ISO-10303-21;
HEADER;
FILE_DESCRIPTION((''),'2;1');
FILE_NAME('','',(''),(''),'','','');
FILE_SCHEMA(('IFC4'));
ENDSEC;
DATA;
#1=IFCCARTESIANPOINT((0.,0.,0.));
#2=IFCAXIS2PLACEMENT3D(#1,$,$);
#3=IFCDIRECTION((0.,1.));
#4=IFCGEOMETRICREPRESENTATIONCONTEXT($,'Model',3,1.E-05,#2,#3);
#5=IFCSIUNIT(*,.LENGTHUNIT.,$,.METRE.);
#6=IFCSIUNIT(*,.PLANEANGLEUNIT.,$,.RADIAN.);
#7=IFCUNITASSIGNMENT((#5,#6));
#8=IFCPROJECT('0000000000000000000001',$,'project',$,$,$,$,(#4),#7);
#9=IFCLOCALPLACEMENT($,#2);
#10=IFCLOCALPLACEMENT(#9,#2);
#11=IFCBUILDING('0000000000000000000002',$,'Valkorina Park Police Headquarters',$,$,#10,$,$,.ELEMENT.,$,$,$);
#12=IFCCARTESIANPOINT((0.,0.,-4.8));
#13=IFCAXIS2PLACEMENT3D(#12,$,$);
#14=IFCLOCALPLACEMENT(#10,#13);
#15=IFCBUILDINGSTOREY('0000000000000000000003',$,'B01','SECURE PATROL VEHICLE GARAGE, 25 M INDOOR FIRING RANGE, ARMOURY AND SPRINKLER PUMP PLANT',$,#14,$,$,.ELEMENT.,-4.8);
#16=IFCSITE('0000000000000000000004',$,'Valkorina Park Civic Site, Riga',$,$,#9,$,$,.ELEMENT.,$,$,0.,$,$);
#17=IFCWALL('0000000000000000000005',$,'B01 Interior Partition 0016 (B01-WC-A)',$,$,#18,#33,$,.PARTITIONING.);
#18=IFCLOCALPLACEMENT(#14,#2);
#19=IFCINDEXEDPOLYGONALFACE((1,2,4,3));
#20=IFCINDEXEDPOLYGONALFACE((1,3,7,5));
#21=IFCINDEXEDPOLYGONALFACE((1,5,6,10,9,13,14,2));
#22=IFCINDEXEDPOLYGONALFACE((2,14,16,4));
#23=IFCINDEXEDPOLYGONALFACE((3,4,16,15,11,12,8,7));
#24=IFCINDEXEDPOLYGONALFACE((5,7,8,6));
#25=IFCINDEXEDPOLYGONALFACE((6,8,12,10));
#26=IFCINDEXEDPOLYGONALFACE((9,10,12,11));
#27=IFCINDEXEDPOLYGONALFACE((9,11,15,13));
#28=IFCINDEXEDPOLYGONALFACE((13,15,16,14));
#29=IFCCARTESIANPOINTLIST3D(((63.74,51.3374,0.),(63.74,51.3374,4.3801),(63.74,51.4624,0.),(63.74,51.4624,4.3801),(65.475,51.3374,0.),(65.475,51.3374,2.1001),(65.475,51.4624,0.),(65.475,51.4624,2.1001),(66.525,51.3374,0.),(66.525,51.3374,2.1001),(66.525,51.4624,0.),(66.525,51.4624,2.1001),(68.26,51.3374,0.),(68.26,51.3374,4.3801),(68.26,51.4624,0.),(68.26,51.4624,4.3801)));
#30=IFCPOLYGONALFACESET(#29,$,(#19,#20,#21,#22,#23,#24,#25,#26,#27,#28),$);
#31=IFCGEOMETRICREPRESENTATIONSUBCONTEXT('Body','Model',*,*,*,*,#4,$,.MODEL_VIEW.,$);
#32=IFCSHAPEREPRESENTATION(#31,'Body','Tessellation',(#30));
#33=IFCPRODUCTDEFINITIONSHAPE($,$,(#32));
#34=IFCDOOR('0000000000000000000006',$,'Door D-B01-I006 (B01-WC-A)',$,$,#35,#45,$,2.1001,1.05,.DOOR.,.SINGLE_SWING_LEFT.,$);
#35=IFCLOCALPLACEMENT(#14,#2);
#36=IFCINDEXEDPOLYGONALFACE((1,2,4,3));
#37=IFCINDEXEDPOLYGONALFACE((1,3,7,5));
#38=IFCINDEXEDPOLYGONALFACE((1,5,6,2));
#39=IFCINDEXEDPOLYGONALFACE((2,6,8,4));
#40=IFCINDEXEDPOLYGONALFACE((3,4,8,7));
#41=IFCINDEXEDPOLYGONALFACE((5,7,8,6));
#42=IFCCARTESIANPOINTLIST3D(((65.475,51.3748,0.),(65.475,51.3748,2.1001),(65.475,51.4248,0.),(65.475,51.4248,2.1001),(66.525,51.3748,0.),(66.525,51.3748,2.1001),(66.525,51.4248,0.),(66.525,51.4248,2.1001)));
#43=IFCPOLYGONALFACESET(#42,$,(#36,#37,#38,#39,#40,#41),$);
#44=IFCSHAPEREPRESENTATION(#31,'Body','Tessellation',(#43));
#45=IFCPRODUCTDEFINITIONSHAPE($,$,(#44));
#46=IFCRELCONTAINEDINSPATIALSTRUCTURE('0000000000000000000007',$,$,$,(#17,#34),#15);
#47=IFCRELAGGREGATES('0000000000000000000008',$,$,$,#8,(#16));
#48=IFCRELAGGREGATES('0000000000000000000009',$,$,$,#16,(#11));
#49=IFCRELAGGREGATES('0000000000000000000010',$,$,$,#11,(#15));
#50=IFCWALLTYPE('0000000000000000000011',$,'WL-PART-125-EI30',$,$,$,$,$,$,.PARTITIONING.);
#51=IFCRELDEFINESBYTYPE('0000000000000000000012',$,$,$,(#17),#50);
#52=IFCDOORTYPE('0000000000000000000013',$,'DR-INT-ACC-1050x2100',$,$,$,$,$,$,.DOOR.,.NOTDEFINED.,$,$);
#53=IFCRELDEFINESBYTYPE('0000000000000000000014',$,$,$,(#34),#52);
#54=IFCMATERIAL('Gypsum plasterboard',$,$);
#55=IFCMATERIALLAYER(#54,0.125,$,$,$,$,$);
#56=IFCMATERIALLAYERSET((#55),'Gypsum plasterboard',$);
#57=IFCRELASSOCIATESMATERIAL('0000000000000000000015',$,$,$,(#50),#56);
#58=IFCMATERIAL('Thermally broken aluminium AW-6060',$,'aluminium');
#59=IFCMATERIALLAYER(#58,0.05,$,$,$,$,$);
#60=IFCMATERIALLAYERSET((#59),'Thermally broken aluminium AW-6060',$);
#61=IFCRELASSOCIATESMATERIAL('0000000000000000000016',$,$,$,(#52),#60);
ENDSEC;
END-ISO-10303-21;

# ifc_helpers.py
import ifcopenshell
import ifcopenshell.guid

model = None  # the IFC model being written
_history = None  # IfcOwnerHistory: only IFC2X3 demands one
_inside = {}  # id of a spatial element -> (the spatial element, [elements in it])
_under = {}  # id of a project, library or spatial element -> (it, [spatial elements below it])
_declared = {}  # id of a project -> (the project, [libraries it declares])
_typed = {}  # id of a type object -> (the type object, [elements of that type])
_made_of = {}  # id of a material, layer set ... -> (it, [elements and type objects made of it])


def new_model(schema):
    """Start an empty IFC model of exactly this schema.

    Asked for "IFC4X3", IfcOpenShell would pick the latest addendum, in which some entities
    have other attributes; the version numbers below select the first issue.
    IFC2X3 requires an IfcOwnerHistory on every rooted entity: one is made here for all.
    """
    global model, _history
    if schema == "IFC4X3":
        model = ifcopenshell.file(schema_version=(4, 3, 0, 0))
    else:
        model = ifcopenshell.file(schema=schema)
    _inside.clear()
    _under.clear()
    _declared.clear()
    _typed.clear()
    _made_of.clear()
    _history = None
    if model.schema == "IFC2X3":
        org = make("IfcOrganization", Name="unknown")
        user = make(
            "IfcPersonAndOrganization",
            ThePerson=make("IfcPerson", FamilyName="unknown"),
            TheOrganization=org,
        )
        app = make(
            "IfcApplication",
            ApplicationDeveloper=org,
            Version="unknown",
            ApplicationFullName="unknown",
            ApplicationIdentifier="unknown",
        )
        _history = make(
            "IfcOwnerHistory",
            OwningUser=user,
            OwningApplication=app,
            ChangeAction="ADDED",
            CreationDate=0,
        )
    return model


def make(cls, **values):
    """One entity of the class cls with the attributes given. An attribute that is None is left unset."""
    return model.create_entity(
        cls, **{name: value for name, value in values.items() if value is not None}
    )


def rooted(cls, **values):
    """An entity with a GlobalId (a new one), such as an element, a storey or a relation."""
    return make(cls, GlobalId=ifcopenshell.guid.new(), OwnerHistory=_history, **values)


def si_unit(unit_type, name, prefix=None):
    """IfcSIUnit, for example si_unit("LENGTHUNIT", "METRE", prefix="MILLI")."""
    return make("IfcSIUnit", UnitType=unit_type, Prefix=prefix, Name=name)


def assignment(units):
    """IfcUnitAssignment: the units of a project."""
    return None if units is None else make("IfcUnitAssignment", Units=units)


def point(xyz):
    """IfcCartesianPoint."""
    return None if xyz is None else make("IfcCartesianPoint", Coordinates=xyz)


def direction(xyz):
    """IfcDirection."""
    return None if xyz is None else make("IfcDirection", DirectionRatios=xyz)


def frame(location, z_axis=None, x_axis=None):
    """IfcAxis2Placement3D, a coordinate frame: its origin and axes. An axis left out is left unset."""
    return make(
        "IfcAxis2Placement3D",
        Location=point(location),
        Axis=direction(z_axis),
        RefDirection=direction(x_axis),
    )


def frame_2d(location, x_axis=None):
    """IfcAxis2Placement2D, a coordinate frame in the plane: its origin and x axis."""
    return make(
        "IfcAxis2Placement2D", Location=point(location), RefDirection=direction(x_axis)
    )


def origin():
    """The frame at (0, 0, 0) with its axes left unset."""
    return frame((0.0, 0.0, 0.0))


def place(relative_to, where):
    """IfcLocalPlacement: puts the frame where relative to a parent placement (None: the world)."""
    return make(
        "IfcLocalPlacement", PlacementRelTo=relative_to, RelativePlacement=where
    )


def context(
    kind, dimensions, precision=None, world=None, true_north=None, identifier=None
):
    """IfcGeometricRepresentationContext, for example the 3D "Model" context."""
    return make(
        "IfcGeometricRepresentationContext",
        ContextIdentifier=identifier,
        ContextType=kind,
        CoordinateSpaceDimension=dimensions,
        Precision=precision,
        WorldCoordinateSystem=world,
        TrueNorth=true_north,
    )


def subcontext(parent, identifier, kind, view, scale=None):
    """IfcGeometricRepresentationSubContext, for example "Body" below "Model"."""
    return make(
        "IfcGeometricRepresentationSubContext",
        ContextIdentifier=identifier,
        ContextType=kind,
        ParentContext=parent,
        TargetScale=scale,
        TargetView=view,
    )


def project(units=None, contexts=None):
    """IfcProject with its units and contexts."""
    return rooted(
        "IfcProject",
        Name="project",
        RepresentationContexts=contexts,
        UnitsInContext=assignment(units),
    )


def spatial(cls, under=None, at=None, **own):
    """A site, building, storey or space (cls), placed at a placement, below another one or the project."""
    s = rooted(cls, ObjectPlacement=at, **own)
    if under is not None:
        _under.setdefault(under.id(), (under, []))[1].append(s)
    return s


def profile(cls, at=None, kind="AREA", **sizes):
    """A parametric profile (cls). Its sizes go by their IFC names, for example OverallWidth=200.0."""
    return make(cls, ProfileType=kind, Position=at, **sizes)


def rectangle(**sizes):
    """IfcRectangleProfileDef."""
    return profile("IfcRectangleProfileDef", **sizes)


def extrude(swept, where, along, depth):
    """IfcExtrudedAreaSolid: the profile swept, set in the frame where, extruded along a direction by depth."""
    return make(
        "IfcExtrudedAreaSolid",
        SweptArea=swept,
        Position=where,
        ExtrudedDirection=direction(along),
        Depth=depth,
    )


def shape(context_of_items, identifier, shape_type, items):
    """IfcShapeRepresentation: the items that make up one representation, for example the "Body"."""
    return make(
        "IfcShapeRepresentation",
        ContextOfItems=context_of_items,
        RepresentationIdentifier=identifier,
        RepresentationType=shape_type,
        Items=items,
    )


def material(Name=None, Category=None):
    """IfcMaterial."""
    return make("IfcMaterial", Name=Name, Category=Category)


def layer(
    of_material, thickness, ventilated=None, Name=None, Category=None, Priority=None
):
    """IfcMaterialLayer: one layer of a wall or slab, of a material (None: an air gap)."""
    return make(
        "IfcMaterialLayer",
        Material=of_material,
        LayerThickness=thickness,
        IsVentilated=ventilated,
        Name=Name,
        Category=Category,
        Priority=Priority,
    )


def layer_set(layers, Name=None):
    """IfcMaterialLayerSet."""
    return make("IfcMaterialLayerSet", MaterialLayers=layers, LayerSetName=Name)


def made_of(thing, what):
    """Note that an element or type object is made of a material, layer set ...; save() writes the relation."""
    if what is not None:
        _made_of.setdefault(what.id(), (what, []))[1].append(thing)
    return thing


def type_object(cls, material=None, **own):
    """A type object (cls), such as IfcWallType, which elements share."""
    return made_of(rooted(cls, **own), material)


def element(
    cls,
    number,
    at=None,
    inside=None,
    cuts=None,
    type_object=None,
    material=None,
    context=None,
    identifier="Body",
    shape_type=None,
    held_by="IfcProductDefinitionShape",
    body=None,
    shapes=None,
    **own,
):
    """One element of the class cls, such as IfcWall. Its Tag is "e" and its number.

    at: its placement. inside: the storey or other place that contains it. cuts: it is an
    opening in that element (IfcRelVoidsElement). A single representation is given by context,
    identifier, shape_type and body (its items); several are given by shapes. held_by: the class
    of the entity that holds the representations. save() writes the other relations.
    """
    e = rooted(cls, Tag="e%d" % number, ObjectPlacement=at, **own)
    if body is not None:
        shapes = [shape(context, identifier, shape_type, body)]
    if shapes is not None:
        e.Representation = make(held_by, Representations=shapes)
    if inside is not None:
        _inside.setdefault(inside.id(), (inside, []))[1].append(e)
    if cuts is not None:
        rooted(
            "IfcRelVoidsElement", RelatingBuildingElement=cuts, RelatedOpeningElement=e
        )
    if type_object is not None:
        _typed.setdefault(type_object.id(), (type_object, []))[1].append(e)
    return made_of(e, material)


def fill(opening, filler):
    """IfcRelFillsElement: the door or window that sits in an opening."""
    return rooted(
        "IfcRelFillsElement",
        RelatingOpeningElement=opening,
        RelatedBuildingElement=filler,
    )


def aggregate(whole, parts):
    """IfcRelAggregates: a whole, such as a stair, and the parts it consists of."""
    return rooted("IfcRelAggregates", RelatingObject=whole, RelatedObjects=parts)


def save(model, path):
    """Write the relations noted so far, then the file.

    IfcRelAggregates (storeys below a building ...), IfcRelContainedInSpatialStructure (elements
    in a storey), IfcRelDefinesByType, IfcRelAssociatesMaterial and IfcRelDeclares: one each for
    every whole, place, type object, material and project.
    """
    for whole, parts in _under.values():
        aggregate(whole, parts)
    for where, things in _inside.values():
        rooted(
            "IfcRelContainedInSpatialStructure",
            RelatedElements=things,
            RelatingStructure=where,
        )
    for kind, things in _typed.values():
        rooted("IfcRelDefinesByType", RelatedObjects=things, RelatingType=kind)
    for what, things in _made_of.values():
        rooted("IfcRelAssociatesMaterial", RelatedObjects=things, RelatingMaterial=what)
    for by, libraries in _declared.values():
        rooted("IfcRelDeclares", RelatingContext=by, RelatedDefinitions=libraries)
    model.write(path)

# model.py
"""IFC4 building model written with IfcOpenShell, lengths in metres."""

from ifc_helpers import new_model, si_unit, direction, frame, frame_2d, origin, place, context, subcontext, project, spatial, rectangle, extrude, material, layer, layer_set, type_object, element, fill, save


model = new_model("IFC4")

# Units and contexts
model_context = context("Model", 3, precision=1e-05, world=origin(), true_north=direction((0.0, 1.0)))
body_context = subcontext(model_context, "Body", "Model", "MODEL_VIEW")
ifc_project = project(units=[si_unit("LENGTHUNIT", "METRE"), si_unit("PLANEANGLEUNIT", "RADIAN")], contexts=[model_context])

# Site, building, storey
site_placement = place(None, origin())
site = spatial("IfcSite", under=ifc_project, at=site_placement, Name="Valkorina Park Civic Site, Riga", CompositionType="ELEMENT", RefElevation=0.0)
building_placement = place(site_placement, origin())
building = spatial("IfcBuilding", under=site, at=building_placement, Name="Valkorina Park Police Headquarters", CompositionType="ELEMENT")
storey_placement = place(building_placement, frame((0.0, 0.0, -4.8)))
storey = spatial("IfcBuildingStorey", under=building, at=storey_placement, Name="B01", Description="SECURE PATROL VEHICLE GARAGE, 25 M INDOOR FIRING RANGE, ARMOURY AND SPRINKLER PUMP PLANT", CompositionType="ELEMENT", Elevation=-4.8)

# Shared definitions
ifc_material_1 = material(Name="Gypsum plasterboard")
ifc_layer_1 = layer(ifc_material_1, 0.125)
ifc_layer_set_1 = layer_set([ifc_layer_1], Name="Gypsum plasterboard")
wall_type_1 = type_object("IfcWallType", Name="WL-PART-125-EI30", PredefinedType="PARTITIONING", material=ifc_layer_set_1)

# Shared definitions
ifc_material_2 = material(Name="Thermally broken aluminium AW-6060", Category="aluminium")

# Wall, opening, door
wall_1_placement = place(storey_placement, frame((63.74, 51.3999, 0.0), z_axis=(0.0, 0.0, 1.0), x_axis=(1.0, 0.0, 0.0)))
wall_1 = element("IfcWall", 1, at=wall_1_placement, inside=storey, type_object=wall_type_1, Name="B01 Interior Partition 0016 (B01-WC-A)", PredefinedType="PARTITIONING", context=body_context, shape_type="SweptSolid", body=[
    extrude(rectangle(XDim=4.52, YDim=0.125, at=frame_2d((2.26, 0.0))), origin(), (0.0, 0.0, 1.0), 4.3801),
])
opening_1_placement = place(wall_1_placement, frame((1.7351, 0.0, 0.0)))
opening_1 = element("IfcOpeningElement", 2, at=opening_1_placement, cuts=wall_1, PredefinedType="OPENING", context=body_context, shape_type="SweptSolid", body=[
    extrude(rectangle(XDim=1.05, YDim=2.1001, at=frame_2d((0.5249, 1.05))), frame((0.0, 0.0725, 0.0), z_axis=(0.0, -1.0, 0.0), x_axis=(1.0, 0.0, 0.0)), (0.0, 0.0, 1.0), 0.145),
])
ifc_layer_2 = layer(ifc_material_2, 0.05)
ifc_layer_set_2 = layer_set([ifc_layer_2], Name="Thermally broken aluminium AW-6060")
door_type_1 = type_object("IfcDoorType", Name="DR-INT-ACC-1050x2100", OperationType="NOTDEFINED", PredefinedType="DOOR", material=ifc_layer_set_2)
door_1_placement = place(opening_1_placement, origin())
door_1 = element("IfcDoor", 3, at=door_1_placement, inside=storey, type_object=door_type_1, Name="Door D-B01-I006 (B01-WC-A)", OperationType="SINGLE_SWING_LEFT", OverallHeight=2.1001, OverallWidth=1.05, PredefinedType="DOOR", context=body_context, shape_type="SweptSolid", body=[
    extrude(rectangle(XDim=1.05, YDim=2.1001, at=frame_2d((0.5249, 1.05))), frame((0.0, 0.0249, 0.0), z_axis=(0.0, -1.0, 0.0), x_axis=(1.0, 0.0, 0.0)), (0.0, 0.0, 1.0), 0.05),
])
fill(opening_1, door_1)

save(model, "model.ifc")
